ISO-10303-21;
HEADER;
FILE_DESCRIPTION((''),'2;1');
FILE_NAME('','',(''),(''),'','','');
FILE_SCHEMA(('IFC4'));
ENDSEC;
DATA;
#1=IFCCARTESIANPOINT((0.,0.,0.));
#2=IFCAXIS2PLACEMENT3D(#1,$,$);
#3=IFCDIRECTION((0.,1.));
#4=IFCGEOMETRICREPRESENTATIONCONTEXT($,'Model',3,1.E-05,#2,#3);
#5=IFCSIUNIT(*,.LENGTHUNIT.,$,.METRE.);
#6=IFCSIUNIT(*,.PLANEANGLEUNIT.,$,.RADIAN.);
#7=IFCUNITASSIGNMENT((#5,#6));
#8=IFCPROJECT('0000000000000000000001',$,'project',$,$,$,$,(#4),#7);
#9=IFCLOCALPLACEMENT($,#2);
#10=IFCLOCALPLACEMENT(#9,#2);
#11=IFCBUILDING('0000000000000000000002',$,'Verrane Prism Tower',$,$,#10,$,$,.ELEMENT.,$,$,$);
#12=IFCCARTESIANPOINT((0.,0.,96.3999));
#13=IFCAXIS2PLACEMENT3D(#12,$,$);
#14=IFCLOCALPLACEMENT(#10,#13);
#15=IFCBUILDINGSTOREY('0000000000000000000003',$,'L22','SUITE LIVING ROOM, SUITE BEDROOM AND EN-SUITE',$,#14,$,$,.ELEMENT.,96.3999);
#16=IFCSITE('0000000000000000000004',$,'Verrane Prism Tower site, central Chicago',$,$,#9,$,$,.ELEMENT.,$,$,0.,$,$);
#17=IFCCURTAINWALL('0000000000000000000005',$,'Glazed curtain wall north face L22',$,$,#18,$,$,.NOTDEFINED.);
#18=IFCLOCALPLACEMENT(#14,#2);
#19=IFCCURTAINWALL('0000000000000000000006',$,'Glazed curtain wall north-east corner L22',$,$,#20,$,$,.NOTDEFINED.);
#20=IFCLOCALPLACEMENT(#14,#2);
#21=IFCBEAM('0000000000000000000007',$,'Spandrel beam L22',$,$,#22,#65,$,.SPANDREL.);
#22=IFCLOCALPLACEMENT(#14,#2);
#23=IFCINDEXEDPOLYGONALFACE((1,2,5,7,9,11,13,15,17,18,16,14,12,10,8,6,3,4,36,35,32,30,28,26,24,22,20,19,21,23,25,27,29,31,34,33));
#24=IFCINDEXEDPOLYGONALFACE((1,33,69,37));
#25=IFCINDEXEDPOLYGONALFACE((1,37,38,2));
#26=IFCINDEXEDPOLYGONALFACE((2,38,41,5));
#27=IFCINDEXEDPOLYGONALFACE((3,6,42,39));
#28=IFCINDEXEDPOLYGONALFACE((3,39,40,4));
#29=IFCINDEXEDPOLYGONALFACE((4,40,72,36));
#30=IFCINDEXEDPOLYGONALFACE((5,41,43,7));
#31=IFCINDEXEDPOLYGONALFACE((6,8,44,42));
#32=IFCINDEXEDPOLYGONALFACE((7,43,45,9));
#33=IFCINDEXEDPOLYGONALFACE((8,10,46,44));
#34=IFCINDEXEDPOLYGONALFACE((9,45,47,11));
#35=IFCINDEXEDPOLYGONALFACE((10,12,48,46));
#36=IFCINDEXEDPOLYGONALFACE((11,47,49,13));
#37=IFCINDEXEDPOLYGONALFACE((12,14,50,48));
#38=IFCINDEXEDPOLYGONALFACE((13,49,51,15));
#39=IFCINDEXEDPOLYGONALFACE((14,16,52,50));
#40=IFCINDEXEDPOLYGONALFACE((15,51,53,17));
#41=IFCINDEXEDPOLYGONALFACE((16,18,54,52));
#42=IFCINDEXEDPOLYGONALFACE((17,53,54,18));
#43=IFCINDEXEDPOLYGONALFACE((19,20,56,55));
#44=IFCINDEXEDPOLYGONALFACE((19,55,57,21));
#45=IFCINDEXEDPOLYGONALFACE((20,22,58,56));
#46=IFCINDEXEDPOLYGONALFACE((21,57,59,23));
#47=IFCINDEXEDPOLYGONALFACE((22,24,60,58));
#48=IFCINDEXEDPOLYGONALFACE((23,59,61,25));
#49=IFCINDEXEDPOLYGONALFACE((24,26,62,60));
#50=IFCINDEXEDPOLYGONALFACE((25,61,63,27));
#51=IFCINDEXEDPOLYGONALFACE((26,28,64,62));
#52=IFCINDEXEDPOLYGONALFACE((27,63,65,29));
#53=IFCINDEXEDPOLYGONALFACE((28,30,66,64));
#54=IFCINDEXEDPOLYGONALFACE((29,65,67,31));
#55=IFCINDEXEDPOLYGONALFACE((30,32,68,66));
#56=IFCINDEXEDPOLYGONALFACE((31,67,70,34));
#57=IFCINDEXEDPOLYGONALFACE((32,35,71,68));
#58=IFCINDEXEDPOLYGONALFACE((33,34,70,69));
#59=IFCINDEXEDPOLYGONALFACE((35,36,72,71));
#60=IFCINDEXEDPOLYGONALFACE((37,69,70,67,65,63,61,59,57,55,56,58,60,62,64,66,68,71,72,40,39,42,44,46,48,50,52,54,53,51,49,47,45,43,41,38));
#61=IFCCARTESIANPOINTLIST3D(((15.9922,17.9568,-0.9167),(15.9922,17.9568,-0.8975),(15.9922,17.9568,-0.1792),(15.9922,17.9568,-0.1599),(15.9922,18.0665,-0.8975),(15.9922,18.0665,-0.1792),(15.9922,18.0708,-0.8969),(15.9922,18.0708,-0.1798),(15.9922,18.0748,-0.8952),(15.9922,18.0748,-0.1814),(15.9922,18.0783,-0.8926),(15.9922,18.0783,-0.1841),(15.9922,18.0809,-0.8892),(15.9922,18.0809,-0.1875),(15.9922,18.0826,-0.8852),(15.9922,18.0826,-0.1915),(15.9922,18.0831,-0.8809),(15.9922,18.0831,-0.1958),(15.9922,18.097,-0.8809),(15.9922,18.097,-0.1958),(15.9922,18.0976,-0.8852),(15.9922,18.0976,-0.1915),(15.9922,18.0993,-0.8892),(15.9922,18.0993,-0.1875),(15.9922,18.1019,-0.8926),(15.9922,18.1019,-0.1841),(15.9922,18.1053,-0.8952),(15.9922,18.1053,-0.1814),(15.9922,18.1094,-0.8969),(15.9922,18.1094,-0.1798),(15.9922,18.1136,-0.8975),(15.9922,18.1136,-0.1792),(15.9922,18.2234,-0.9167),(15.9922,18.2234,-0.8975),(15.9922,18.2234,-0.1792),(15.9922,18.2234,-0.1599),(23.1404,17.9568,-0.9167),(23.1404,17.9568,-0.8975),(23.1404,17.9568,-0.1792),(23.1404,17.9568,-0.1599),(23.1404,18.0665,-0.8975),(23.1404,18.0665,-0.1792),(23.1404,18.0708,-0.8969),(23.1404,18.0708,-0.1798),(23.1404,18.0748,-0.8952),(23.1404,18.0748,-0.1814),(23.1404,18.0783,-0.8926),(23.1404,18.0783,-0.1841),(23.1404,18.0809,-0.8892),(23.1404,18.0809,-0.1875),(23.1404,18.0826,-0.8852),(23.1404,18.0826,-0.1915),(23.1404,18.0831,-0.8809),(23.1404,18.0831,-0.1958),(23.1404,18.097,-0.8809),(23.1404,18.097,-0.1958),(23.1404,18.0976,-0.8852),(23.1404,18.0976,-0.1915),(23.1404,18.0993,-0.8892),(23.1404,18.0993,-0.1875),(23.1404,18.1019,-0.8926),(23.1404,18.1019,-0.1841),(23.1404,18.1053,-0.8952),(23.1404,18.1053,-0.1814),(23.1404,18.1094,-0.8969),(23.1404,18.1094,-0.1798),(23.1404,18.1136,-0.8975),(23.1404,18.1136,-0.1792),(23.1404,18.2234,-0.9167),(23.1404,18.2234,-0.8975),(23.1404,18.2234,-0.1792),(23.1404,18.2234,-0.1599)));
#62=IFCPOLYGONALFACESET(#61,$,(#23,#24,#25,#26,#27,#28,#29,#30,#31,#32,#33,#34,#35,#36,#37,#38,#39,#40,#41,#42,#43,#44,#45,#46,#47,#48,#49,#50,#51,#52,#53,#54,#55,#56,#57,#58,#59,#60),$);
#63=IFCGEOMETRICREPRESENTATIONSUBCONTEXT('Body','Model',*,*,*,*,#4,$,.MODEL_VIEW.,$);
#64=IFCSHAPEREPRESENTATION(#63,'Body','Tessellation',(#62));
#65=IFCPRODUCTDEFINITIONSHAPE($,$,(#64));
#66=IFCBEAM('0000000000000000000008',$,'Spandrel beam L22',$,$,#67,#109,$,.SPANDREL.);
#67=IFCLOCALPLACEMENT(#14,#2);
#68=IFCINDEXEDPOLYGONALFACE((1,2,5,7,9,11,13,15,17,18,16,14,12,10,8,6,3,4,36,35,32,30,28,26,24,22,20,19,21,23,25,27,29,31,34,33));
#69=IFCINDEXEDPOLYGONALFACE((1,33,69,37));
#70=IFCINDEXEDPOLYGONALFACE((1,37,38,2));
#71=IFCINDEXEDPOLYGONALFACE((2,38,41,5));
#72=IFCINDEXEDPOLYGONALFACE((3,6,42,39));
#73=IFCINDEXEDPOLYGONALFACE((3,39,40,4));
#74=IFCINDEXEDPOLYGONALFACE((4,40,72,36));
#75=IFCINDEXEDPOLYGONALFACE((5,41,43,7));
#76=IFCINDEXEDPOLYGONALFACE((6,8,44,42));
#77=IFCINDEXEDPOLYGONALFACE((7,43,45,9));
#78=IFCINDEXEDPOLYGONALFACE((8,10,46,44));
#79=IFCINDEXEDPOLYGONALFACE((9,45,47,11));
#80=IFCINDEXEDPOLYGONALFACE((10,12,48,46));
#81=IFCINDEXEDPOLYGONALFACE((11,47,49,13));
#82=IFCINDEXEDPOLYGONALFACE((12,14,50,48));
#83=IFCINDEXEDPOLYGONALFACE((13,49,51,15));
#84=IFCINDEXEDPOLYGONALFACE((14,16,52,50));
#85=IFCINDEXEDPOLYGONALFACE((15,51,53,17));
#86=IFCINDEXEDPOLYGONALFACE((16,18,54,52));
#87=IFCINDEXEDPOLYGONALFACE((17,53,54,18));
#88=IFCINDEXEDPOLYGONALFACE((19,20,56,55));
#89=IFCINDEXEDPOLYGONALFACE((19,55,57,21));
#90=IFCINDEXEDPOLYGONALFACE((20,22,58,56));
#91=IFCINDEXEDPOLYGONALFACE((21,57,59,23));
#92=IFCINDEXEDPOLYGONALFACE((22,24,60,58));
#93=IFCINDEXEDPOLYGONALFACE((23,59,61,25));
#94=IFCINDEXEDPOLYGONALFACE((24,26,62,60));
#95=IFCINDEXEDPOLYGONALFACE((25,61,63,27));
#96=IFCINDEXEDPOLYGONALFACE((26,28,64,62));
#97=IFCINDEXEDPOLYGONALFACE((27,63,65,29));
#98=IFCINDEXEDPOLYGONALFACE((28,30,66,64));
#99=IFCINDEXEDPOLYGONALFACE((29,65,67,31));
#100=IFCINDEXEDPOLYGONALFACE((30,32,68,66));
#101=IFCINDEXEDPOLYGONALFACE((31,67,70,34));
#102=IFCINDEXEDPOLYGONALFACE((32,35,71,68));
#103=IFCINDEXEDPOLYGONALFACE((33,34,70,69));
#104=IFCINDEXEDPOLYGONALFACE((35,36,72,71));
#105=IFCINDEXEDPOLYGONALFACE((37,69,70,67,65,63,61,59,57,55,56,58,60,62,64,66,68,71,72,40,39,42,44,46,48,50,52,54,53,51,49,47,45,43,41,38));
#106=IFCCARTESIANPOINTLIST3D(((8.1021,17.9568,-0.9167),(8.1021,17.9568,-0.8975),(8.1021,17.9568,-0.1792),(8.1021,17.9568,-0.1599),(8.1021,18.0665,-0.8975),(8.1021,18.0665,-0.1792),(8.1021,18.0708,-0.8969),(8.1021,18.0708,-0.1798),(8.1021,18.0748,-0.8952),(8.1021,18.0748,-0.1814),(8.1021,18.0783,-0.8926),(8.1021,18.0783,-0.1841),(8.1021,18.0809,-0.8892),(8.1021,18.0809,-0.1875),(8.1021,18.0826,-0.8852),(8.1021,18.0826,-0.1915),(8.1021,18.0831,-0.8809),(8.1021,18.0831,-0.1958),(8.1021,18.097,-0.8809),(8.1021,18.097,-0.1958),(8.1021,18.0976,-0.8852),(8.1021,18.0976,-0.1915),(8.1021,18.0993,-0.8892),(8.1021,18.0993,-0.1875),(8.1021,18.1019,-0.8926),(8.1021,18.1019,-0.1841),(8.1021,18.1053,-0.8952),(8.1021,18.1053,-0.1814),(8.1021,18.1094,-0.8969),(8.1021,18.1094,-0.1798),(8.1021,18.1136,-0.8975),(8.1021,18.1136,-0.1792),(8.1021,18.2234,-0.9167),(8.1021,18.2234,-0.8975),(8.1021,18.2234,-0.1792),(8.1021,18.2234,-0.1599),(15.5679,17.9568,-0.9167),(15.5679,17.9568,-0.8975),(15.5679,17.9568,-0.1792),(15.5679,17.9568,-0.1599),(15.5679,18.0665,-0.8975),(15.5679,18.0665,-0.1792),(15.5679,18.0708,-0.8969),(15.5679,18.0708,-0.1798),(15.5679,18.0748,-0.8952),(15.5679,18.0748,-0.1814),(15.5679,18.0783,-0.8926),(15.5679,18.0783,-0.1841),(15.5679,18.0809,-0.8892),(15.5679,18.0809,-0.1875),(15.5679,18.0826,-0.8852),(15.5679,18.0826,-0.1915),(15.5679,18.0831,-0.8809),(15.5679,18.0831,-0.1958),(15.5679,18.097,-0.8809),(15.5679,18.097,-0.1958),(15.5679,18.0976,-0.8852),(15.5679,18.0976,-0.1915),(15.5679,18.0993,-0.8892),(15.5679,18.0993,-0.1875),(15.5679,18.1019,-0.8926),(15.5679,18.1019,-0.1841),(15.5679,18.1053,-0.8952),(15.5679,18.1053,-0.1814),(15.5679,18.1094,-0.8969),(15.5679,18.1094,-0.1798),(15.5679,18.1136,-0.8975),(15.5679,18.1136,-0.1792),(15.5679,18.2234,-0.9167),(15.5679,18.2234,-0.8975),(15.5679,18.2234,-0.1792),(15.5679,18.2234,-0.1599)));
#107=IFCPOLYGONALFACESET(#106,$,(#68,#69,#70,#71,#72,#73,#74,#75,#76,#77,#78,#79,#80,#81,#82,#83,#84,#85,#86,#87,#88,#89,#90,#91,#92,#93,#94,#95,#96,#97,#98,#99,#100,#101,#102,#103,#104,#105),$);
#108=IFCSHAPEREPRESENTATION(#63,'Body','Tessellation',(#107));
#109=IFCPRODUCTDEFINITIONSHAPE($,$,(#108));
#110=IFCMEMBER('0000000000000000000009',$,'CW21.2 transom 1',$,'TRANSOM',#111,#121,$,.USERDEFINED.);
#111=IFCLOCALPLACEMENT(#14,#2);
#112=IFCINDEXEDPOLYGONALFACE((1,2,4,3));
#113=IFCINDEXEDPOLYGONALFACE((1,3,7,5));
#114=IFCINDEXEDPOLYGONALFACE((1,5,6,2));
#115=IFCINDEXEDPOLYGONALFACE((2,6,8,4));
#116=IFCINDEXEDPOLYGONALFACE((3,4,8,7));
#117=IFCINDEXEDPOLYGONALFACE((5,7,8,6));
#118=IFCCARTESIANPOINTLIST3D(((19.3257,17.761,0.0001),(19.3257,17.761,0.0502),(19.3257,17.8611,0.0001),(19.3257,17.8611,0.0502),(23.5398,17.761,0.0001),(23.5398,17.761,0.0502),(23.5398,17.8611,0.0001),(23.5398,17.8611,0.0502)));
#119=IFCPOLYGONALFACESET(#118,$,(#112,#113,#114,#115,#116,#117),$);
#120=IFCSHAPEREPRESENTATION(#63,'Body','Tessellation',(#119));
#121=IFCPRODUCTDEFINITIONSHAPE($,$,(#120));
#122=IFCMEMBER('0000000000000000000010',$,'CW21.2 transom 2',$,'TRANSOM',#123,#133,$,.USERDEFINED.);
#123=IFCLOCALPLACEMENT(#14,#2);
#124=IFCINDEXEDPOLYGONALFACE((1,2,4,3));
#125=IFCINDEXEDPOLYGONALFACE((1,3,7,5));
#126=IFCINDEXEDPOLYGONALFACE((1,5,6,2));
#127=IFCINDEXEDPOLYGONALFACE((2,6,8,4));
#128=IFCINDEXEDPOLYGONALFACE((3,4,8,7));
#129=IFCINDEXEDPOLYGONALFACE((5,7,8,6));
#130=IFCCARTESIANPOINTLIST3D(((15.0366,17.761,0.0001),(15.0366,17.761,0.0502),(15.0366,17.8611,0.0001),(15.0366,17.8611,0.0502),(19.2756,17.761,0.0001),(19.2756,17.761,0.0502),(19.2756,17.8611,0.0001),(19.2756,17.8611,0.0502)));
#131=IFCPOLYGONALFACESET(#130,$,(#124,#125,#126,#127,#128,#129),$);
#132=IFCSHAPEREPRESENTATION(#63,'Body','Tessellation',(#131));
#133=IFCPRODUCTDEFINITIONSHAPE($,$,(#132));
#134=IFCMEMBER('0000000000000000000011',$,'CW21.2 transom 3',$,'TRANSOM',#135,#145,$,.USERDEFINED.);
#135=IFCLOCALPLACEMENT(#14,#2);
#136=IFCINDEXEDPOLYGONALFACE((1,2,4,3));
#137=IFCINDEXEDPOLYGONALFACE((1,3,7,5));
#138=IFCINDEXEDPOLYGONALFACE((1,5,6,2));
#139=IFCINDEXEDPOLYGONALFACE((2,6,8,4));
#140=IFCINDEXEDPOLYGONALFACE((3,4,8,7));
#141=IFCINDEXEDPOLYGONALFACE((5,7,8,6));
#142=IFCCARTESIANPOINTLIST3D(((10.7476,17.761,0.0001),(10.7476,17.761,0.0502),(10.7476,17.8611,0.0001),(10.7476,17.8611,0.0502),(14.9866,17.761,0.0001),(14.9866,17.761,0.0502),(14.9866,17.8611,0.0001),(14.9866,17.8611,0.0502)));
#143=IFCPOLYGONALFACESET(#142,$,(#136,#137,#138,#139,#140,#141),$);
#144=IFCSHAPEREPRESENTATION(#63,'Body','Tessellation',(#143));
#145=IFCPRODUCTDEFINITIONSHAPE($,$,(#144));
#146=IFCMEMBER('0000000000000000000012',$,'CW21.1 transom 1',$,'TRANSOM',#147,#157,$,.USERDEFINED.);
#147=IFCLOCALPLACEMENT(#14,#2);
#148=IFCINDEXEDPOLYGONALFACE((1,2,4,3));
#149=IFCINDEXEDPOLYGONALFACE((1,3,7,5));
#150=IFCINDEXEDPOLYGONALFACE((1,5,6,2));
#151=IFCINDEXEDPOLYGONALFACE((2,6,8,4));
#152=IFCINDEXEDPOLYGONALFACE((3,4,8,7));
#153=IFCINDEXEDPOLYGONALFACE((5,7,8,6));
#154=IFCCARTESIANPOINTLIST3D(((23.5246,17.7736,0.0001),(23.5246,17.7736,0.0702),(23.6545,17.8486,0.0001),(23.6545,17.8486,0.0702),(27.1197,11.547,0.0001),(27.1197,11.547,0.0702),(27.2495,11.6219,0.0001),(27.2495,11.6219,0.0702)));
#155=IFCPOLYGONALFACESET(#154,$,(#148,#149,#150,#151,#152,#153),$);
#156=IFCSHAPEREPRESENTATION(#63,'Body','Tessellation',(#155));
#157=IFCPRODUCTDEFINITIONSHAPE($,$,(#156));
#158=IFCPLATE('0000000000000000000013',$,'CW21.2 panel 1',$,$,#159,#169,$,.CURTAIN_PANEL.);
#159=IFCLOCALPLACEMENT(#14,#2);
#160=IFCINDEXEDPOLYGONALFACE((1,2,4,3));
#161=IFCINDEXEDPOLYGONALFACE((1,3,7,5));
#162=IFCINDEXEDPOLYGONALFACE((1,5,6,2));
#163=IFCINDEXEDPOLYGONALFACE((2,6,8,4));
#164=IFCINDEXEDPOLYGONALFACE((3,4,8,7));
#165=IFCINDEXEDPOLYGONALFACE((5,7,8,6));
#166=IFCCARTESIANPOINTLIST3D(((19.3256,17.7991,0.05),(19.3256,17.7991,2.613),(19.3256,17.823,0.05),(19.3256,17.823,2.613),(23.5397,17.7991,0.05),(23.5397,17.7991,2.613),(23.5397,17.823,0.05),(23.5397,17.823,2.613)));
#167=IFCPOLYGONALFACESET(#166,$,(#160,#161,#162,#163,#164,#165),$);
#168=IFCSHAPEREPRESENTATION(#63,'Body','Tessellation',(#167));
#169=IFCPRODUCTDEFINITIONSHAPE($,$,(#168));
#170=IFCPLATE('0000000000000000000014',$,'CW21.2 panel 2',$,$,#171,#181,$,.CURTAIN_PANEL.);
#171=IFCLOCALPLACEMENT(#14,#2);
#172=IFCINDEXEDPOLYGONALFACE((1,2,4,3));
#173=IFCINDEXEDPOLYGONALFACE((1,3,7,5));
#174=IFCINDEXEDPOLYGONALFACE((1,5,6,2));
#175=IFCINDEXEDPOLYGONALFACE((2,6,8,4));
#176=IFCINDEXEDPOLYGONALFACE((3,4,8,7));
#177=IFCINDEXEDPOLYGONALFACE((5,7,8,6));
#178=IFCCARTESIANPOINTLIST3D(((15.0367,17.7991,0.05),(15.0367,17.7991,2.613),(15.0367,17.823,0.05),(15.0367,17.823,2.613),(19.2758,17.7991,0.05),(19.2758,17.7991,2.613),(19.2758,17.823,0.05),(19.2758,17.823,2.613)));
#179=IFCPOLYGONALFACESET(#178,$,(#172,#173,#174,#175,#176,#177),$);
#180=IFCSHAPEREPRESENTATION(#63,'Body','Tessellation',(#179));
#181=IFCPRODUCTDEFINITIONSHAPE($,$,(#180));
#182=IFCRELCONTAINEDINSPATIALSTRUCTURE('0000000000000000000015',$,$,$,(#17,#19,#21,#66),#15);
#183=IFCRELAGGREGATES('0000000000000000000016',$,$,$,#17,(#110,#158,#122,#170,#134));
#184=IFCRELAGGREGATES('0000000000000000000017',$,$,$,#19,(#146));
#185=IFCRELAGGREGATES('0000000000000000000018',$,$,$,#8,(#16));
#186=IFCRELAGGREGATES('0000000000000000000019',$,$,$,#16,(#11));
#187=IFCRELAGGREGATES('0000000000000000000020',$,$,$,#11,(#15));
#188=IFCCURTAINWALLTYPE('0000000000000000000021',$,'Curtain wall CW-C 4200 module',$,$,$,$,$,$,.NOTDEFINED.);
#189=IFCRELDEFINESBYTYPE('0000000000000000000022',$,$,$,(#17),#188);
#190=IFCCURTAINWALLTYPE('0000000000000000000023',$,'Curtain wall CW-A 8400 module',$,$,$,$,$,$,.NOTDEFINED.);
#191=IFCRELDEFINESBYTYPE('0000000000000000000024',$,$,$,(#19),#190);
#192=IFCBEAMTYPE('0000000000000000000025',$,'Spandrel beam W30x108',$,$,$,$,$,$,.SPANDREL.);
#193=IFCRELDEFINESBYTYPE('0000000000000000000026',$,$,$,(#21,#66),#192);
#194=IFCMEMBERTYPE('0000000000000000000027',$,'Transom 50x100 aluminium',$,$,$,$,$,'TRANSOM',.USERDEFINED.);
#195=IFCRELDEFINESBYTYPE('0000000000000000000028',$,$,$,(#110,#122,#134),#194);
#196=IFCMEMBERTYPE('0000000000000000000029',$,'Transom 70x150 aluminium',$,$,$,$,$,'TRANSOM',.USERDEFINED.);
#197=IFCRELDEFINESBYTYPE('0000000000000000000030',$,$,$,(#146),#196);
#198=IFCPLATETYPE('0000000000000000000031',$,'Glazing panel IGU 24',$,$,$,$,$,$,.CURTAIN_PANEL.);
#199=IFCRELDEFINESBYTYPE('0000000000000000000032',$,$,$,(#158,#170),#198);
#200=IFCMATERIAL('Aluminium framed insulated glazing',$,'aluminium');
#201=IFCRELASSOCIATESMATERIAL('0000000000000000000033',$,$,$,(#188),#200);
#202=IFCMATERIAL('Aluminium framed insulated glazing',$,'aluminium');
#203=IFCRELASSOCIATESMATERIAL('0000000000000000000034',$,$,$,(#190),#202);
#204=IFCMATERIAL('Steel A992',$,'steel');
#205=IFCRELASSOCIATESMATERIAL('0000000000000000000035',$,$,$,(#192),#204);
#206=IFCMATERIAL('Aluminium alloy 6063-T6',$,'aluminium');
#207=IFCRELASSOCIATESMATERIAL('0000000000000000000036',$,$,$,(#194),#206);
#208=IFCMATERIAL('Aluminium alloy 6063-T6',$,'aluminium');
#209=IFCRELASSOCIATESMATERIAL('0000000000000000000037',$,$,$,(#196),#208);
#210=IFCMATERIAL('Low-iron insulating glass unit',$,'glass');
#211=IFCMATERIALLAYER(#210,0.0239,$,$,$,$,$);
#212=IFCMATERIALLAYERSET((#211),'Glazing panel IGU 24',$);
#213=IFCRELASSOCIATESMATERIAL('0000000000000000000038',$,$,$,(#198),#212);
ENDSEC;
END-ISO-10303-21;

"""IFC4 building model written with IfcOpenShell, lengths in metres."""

from ifc_helpers import new_model, si_unit, direction, frame, origin, origin_2d, place, context, subcontext, project, spatial, rectangle, i_section, extrude, material, layer, layer_set, material_profile, profile_set, type_object, element, aggregate, save


model = new_model("IFC4")

# Units and contexts
model_context = context("Model", 3, precision=1e-05, world=origin(), true_north=direction((0.0, 1.0)))
body_context = subcontext(model_context, "Body", "Model", "MODEL_VIEW")
ifc_project = project(units=[si_unit("LENGTHUNIT", "METRE"), si_unit("PLANEANGLEUNIT", "RADIAN")], contexts=[model_context])

# Site, building, storey
site_placement = place(None, origin())
site = spatial("IfcSite", under=ifc_project, at=site_placement, Name="Verrane Prism Tower site, central Chicago", CompositionType="ELEMENT", RefElevation=0.0)
building_placement = place(site_placement, origin())
building = spatial("IfcBuilding", under=site, at=building_placement, Name="Verrane Prism Tower", CompositionType="ELEMENT")
storey_placement = place(building_placement, frame((0.0, 0.0, 96.3999)))
storey = spatial("IfcBuildingStorey", under=building, at=storey_placement, Name="L22", Description="SUITE LIVING ROOM, SUITE BEDROOM AND EN-SUITE", CompositionType="ELEMENT", Elevation=96.3999)

# Curtain wall
ifc_material_1 = material(Name="Aluminium framed insulated glazing", Category="aluminium")
curtain_wall_type_1 = type_object("IfcCurtainWallType", Name="Curtain wall CW-C 4200 module", PredefinedType="NOTDEFINED", material=ifc_material_1)
curtain_wall_1_placement = place(storey_placement, origin())
curtain_wall_1 = element("IfcCurtainWall", 1, at=curtain_wall_1_placement, inside=storey, type_object=curtain_wall_type_1, Name="Glazed curtain wall north face L22", PredefinedType="NOTDEFINED")

# Curtain wall
ifc_material_2 = material(Name="Aluminium framed insulated glazing", Category="aluminium")
curtain_wall_type_2 = type_object("IfcCurtainWallType", Name="Curtain wall CW-A 8400 module", PredefinedType="NOTDEFINED", material=ifc_material_2)
curtain_wall_2_placement = place(storey_placement, origin())
curtain_wall_2 = element("IfcCurtainWall", 2, at=curtain_wall_2_placement, inside=storey, type_object=curtain_wall_type_2, Name="Glazed curtain wall north-east corner L22", PredefinedType="NOTDEFINED")

# Beams
ifc_material_3 = material(Name="Steel A992", Category="steel")
ifc_material_profile_1 = material_profile(ifc_material_3, i_section(OverallWidth=0.2666, OverallDepth=0.7568, WebThickness=0.0139, FlangeThickness=0.0193, FilletRadius=0.0166, at=origin_2d()), Name="W30x108")
ifc_profile_set_1 = profile_set([ifc_material_profile_1], Name="Steel A992")
beam_type_1 = type_object("IfcBeamType", Name="Spandrel beam W30x108", PredefinedType="SPANDREL", material=ifc_profile_set_1)
beam_1_placement = place(storey_placement, frame((23.1404, 18.0901, -0.5383), z_axis=(-1.0, 0.0, 0.0), x_axis=(0.0, -1.0, 0.0)))
element("IfcBeam", 3, at=beam_1_placement, inside=storey, type_object=beam_type_1, Name="Spandrel beam L22", PredefinedType="SPANDREL", context=body_context, shape_type="SweptSolid", body=[
    extrude(i_section(OverallWidth=0.2666, OverallDepth=0.7568, WebThickness=0.0139, FlangeThickness=0.0193, FilletRadius=0.0166, at=origin_2d()), origin(), (0.0, 0.0, 1.0), 7.1482),
])
beam_2_placement = place(storey_placement, frame((15.5679, 18.0901, -0.5383), z_axis=(-1.0, 0.0, 0.0), x_axis=(0.0, -1.0, 0.0)))
element("IfcBeam", 4, at=beam_2_placement, inside=storey, type_object=beam_type_1, Name="Spandrel beam L22", PredefinedType="SPANDREL", context=body_context, shape_type="SweptSolid", body=[
    extrude(i_section(OverallWidth=0.2666, OverallDepth=0.7568, WebThickness=0.0139, FlangeThickness=0.0193, FilletRadius=0.0166, at=origin_2d()), origin(), (0.0, 0.0, 1.0), 7.4658),
])

# Members
ifc_material_4 = material(Name="Aluminium alloy 6063-T6", Category="aluminium")
ifc_material_profile_2 = material_profile(ifc_material_4, rectangle(XDim=0.1001, YDim=0.05, at=origin_2d()), Name="Transom 50x100 aluminium")
ifc_profile_set_2 = profile_set([ifc_material_profile_2], Name="Aluminium alloy 6063-T6")
member_type_1 = type_object("IfcMemberType", Name="Transom 50x100 aluminium", ElementType="TRANSOM", PredefinedType="USERDEFINED", material=ifc_profile_set_2)
member_1_placement = place(storey_placement, frame((23.5398, 17.811, 0.0251), z_axis=(-1.0, 0.0, 0.0), x_axis=(0.0, -1.0, 0.0)))
member_1 = element("IfcMember", 5, at=member_1_placement, type_object=member_type_1, Name="CW21.2 transom 1", ObjectType="TRANSOM", PredefinedType="USERDEFINED", context=body_context, shape_type="SweptSolid", body=[
    extrude(rectangle(XDim=0.1001, YDim=0.05, at=origin_2d()), origin(), (0.0, 0.0, 1.0), 4.2141),
])
member_2_placement = place(storey_placement, frame((19.2756, 17.811, 0.0251), z_axis=(-1.0, 0.0, 0.0), x_axis=(0.0, -1.0, 0.0)))
member_2 = element("IfcMember", 6, at=member_2_placement, type_object=member_type_1, Name="CW21.2 transom 2", ObjectType="TRANSOM", PredefinedType="USERDEFINED", context=body_context, shape_type="SweptSolid", body=[
    extrude(rectangle(XDim=0.1001, YDim=0.05, at=origin_2d()), origin(), (0.0, 0.0, 1.0), 4.239),
])
member_3_placement = place(storey_placement, frame((14.9866, 17.811, 0.0251), z_axis=(-1.0, 0.0, 0.0), x_axis=(0.0, -1.0, 0.0)))
member_3 = element("IfcMember", 7, at=member_3_placement, type_object=member_type_1, Name="CW21.2 transom 3", ObjectType="TRANSOM", PredefinedType="USERDEFINED", context=body_context, shape_type="SweptSolid", body=[
    extrude(rectangle(XDim=0.1001, YDim=0.05, at=origin_2d()), origin(), (0.0, 0.0, 1.0), 4.239),
])
ifc_material_5 = material(Name="Aluminium alloy 6063-T6", Category="aluminium")
ifc_material_profile_3 = material_profile(ifc_material_5, rectangle(XDim=0.1499, YDim=0.0701, at=origin_2d()), Name="Transom 70x150 aluminium")
ifc_profile_set_3 = profile_set([ifc_material_profile_3], Name="Aluminium alloy 6063-T6")
member_type_2 = type_object("IfcMemberType", Name="Transom 70x150 aluminium", ElementType="TRANSOM", PredefinedType="USERDEFINED", material=ifc_profile_set_3)
member_4_placement = place(storey_placement, frame((27.1846, 11.5845, 0.0352), z_axis=(-0.500007, 0.866022, 0.0), x_axis=(-0.866022, -0.500007, 0.0)))
member_4 = element("IfcMember", 8, at=member_4_placement, type_object=member_type_2, Name="CW21.1 transom 1", ObjectType="TRANSOM", PredefinedType="USERDEFINED", context=body_context, shape_type="SweptSolid", body=[
    extrude(rectangle(XDim=0.1499, YDim=0.0701, at=origin_2d()), origin(), (0.0, 0.0, 1.0), 7.1899),
])

# Plates
ifc_material_6 = material(Name="Low-iron insulating glass unit", Category="glass")
ifc_layer_1 = layer(ifc_material_6, 0.0239)
ifc_layer_set_1 = layer_set([ifc_layer_1], Name="Glazing panel IGU 24")
plate_type_1 = type_object("IfcPlateType", Name="Glazing panel IGU 24", PredefinedType="CURTAIN_PANEL", material=ifc_layer_set_1)
plate_1_placement = place(storey_placement, frame((21.4326, 17.811, 0.05), z_axis=(0.0, 0.0, 1.0), x_axis=(-1.0, 0.0, 0.0)))
plate_1 = element("IfcPlate", 9, at=plate_1_placement, type_object=plate_type_1, Name="CW21.2 panel 1", PredefinedType="CURTAIN_PANEL", context=body_context, shape_type="SweptSolid", body=[
    extrude(rectangle(XDim=4.2141, YDim=0.0239, at=origin_2d()), origin(), (0.0, 0.0, 1.0), 2.563),
])
plate_2_placement = place(storey_placement, frame((17.1562, 17.811, 0.05), z_axis=(0.0, 0.0, 1.0), x_axis=(-1.0, 0.0, 0.0)))
plate_2 = element("IfcPlate", 10, at=plate_2_placement, type_object=plate_type_1, Name="CW21.2 panel 2", PredefinedType="CURTAIN_PANEL", context=body_context, shape_type="SweptSolid", body=[
    extrude(rectangle(XDim=4.239, YDim=0.0239, at=origin_2d()), origin(), (0.0, 0.0, 1.0), 2.563),
])
aggregate(curtain_wall_1, [member_1, plate_1, member_2, plate_2, member_3])
aggregate(curtain_wall_2, [member_4])

save(model, "model.ifc")
